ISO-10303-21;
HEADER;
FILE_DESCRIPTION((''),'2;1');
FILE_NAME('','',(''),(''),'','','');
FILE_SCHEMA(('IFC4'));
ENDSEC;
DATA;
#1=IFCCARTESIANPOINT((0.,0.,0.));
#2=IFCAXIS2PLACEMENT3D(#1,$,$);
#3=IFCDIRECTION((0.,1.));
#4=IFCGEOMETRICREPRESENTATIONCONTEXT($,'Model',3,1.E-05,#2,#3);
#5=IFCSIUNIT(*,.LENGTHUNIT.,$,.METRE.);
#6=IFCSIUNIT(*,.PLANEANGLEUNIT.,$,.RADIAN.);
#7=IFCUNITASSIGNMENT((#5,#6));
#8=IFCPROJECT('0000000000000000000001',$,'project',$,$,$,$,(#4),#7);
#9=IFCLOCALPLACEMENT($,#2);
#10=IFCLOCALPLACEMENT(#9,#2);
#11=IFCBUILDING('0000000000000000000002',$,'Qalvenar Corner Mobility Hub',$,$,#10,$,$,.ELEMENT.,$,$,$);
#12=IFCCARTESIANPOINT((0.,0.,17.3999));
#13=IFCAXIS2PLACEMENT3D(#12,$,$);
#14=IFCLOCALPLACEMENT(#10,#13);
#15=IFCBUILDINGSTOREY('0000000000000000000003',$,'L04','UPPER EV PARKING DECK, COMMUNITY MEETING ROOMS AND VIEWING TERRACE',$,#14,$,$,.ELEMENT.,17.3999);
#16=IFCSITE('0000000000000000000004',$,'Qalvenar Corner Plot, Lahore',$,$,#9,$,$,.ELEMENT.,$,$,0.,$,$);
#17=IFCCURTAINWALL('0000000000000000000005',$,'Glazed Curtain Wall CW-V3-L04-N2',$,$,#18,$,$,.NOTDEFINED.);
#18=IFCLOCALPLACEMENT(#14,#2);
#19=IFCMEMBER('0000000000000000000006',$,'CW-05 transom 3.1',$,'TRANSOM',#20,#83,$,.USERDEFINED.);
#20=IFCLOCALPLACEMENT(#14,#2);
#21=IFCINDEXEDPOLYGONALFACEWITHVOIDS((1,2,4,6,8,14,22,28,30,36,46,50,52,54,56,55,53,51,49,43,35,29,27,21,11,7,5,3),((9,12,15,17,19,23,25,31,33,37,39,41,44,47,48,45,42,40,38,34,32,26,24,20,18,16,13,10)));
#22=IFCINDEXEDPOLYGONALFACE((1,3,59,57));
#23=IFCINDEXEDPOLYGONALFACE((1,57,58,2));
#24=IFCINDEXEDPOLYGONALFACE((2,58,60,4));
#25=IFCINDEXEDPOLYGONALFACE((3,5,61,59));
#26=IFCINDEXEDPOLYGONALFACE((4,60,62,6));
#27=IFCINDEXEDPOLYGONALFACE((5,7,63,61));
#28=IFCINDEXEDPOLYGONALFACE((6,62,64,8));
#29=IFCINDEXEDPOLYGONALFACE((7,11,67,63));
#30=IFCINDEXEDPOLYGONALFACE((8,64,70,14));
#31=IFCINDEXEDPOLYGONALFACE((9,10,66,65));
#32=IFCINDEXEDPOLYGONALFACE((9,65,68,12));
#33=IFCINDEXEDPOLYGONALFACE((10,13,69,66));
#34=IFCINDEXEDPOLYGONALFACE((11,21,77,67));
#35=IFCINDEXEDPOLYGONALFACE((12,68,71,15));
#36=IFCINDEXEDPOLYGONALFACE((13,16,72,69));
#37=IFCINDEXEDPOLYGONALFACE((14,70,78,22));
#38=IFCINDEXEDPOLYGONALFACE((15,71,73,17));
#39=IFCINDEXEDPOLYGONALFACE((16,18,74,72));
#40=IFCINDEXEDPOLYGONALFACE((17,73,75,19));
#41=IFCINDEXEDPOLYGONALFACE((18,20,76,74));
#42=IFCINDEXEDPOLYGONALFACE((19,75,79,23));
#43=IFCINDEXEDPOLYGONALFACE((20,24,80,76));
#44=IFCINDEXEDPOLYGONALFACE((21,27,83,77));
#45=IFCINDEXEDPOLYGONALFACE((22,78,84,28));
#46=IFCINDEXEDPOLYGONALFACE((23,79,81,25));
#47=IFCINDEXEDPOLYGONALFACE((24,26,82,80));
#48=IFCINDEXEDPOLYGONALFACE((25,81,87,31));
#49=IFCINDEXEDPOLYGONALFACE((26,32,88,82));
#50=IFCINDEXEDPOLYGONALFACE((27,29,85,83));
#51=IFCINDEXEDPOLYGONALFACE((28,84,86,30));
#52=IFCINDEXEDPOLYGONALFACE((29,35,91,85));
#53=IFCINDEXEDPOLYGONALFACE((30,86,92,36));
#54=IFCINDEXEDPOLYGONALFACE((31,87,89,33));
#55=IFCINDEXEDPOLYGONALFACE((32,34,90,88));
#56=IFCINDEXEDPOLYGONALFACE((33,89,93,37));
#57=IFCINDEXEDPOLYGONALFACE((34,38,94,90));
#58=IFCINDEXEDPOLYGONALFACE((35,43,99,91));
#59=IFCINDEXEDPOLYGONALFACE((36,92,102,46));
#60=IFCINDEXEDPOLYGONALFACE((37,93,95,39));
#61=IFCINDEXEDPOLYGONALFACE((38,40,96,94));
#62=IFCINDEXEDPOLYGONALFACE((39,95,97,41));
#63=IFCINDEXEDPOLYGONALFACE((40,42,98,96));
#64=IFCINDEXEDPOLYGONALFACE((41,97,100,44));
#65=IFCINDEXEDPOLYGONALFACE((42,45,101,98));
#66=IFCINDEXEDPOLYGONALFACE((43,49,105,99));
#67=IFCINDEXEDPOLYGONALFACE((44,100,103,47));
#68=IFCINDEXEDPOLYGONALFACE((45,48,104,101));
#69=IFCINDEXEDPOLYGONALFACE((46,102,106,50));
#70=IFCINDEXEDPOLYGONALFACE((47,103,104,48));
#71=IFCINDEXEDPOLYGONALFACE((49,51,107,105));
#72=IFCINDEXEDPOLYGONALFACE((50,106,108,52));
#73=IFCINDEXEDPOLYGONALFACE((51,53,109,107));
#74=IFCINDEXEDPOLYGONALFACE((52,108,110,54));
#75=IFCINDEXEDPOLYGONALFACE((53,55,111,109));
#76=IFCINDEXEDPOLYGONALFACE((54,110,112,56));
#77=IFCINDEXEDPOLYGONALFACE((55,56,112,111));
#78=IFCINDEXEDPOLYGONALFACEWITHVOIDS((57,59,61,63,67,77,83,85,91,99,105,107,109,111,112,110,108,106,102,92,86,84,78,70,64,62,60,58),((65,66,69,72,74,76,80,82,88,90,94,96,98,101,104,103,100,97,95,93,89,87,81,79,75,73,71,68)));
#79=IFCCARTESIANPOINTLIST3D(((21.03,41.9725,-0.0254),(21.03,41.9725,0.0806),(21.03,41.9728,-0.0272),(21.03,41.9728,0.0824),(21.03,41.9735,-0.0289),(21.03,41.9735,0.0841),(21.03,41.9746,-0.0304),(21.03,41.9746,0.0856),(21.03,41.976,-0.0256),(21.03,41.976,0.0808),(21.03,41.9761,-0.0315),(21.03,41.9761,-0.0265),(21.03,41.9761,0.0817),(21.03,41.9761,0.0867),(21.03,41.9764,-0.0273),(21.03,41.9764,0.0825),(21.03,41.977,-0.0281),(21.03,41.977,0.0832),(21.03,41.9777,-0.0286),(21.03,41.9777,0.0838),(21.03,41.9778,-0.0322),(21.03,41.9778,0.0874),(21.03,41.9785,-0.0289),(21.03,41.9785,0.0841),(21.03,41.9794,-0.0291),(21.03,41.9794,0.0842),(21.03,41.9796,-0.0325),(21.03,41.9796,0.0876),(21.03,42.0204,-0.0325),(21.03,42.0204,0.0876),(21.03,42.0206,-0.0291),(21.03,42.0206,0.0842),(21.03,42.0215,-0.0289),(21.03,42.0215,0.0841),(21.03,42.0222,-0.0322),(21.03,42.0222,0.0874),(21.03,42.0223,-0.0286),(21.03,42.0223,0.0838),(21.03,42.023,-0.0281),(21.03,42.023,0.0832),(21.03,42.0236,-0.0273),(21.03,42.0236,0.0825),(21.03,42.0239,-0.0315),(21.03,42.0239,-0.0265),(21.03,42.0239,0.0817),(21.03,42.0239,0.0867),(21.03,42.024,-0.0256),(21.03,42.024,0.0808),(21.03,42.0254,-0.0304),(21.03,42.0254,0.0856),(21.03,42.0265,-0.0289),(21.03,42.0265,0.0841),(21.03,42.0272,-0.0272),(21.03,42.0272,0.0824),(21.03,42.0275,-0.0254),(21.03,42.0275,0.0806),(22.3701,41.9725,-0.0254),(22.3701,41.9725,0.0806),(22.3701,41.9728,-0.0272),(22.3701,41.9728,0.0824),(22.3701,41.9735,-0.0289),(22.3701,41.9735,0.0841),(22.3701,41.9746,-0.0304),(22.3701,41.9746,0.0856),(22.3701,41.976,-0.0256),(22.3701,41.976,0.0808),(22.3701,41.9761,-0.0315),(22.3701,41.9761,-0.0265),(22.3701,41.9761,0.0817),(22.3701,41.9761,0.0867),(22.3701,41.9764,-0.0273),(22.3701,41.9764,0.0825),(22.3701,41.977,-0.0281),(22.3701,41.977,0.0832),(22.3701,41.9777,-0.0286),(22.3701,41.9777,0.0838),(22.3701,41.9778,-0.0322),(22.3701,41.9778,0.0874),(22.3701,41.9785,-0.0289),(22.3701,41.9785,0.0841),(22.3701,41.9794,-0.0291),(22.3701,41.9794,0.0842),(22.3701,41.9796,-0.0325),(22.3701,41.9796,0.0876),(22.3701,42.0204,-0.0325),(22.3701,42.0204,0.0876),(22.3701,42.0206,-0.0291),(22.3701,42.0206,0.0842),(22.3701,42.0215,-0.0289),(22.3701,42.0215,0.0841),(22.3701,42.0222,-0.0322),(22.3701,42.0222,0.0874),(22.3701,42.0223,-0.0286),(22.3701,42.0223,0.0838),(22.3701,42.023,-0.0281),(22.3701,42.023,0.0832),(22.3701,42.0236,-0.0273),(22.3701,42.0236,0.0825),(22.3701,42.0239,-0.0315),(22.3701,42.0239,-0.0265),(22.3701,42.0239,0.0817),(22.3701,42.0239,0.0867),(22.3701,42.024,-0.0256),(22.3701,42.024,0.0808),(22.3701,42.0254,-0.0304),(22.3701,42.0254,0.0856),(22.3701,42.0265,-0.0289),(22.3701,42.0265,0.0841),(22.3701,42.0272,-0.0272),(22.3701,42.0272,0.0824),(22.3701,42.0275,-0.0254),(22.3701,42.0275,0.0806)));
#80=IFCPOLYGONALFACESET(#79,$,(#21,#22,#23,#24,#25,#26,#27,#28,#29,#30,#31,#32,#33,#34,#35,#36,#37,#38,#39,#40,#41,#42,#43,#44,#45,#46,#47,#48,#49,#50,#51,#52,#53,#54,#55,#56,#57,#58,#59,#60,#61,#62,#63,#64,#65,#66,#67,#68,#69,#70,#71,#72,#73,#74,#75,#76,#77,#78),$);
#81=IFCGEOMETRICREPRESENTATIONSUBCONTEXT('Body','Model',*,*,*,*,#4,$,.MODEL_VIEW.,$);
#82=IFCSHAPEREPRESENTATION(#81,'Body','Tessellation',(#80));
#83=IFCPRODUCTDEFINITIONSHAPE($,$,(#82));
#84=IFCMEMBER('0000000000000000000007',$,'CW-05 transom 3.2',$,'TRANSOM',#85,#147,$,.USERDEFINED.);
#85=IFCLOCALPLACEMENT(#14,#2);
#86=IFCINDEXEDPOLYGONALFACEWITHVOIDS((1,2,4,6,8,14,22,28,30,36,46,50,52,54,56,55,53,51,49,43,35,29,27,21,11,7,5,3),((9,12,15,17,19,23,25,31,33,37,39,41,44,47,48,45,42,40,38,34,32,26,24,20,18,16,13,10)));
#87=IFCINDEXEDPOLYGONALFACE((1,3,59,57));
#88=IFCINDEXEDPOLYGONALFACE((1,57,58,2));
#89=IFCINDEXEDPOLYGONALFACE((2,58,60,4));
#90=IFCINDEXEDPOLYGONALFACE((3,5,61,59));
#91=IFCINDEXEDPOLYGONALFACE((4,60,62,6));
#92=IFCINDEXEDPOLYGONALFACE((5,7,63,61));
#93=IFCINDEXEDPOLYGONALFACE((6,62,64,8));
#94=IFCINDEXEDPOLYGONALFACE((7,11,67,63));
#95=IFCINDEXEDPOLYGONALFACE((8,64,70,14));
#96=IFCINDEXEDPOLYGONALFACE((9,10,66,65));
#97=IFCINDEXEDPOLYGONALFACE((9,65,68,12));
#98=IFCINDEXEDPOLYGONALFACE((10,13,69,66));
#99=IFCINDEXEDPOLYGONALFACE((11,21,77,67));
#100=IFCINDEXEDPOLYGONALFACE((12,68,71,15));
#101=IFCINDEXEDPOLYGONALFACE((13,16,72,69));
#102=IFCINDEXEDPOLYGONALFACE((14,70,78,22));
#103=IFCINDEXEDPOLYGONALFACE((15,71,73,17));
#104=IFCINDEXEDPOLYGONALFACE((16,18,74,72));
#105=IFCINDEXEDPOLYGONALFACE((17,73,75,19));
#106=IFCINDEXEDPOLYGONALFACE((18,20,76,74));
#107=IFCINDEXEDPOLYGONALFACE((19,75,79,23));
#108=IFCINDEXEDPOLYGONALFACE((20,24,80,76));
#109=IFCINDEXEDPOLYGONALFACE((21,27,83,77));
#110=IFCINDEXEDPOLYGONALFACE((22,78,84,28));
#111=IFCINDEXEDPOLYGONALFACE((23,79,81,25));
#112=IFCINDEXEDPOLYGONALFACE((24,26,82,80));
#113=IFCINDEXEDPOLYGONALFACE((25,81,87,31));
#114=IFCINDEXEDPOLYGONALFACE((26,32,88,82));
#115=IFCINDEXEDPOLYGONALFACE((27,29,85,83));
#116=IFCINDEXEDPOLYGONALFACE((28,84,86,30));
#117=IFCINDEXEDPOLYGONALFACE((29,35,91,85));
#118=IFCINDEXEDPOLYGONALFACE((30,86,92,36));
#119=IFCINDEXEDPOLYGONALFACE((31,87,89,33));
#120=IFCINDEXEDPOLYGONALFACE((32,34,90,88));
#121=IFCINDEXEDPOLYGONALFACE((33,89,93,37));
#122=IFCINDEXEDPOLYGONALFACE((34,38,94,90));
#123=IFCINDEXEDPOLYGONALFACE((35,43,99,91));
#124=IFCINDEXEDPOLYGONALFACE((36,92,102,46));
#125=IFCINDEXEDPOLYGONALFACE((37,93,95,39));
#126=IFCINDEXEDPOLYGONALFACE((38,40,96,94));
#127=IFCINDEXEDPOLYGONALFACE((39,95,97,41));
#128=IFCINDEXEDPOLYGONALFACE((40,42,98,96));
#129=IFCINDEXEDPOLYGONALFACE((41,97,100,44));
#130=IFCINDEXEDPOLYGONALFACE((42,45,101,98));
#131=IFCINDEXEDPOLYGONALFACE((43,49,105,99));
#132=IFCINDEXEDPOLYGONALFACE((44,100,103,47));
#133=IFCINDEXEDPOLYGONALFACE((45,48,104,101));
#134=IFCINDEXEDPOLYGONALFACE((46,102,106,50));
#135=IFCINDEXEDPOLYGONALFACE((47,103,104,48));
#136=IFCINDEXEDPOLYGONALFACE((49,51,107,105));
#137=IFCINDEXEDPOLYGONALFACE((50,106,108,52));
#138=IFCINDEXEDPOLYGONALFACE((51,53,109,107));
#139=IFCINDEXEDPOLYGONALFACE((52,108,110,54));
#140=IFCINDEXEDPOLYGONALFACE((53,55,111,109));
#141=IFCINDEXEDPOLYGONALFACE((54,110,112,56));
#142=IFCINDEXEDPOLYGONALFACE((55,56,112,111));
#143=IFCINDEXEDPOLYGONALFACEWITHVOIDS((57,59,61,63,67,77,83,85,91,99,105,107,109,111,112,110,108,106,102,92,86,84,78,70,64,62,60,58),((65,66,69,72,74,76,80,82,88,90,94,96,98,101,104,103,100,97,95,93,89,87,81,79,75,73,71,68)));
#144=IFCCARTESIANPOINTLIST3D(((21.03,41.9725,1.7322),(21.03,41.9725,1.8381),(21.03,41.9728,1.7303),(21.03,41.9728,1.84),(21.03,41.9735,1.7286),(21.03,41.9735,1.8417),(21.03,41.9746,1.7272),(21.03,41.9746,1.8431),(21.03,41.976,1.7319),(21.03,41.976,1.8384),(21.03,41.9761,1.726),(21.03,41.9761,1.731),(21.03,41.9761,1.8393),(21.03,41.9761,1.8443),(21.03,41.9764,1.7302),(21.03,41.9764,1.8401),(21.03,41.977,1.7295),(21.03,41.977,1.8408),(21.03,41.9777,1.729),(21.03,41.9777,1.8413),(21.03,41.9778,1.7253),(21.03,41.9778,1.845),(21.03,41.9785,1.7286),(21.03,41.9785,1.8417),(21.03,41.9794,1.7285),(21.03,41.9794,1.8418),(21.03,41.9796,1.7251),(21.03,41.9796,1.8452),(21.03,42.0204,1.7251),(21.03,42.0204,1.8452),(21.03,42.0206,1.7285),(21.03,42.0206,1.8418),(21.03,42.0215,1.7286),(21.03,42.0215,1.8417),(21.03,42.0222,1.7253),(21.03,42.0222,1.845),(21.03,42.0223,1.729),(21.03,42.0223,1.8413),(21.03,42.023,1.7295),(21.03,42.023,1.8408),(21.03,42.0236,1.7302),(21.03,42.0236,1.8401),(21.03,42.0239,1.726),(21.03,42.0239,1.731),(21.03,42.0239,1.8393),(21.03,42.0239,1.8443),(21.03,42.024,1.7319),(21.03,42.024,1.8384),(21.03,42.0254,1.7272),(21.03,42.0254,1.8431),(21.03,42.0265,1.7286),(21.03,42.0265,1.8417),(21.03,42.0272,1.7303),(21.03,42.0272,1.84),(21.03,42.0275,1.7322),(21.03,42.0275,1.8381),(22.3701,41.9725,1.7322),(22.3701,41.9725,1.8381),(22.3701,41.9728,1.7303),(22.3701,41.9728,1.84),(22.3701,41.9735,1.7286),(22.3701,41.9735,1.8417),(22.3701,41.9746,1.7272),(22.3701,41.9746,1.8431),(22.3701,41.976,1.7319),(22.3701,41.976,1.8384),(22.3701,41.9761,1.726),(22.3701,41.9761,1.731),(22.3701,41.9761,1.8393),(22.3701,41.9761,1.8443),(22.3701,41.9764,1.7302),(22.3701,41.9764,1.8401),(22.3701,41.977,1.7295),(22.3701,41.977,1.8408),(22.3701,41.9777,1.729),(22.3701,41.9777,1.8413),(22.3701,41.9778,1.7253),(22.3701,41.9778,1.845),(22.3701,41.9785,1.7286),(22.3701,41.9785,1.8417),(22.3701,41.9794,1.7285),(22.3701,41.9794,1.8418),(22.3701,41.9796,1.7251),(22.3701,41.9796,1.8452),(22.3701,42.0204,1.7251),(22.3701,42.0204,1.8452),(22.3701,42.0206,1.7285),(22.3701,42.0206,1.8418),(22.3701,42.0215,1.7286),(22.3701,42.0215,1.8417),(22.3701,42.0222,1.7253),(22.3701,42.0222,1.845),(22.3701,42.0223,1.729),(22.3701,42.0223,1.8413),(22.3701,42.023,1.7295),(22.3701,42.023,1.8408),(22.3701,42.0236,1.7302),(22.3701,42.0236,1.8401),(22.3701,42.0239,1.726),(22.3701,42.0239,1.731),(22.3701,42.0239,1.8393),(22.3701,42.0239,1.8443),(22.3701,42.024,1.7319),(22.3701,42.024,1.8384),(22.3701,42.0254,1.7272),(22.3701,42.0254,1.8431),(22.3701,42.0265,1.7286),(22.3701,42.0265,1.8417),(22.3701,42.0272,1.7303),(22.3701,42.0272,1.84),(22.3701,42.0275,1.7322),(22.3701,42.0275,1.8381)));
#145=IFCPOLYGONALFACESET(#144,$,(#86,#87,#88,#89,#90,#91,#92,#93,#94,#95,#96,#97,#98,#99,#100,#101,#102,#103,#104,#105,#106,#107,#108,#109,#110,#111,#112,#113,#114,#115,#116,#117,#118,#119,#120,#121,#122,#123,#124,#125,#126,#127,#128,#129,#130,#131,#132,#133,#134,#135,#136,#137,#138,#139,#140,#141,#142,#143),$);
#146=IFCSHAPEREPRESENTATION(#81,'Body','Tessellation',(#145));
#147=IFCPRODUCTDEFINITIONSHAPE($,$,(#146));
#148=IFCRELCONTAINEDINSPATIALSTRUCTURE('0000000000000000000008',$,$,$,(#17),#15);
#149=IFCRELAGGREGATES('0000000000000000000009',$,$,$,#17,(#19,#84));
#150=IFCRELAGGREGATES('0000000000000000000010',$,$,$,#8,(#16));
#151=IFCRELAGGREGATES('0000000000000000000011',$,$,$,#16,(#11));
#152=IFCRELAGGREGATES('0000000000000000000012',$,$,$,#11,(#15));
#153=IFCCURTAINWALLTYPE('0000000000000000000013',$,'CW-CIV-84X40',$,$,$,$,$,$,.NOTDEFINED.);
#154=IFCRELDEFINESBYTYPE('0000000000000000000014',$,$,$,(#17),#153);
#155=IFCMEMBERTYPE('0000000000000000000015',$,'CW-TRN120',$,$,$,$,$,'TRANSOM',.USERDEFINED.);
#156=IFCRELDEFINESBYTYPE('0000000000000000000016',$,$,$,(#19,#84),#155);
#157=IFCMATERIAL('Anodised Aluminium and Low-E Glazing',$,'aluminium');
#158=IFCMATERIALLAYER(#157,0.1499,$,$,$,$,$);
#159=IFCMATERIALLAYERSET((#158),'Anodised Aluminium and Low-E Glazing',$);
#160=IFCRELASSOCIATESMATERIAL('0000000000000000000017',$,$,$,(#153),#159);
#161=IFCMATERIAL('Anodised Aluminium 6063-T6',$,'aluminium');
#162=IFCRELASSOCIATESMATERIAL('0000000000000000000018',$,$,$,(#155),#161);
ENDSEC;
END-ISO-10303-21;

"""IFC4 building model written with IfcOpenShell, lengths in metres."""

from ifc_helpers import new_model, si_unit, direction, frame, origin, origin_2d, place, context, subcontext, project, spatial, hollow_rectangle, extrude, material, layer, layer_set, material_profile, profile_set, type_object, element, aggregate, save


model = new_model("IFC4")

# Units and contexts
model_context = context("Model", 3, precision=1e-05, world=origin(), true_north=direction((0.0, 1.0)))
body_context = subcontext(model_context, "Body", "Model", "MODEL_VIEW")
ifc_project = project(units=[si_unit("LENGTHUNIT", "METRE"), si_unit("PLANEANGLEUNIT", "RADIAN")], contexts=[model_context])

# Site, building, storey
site_placement = place(None, origin())
site = spatial("IfcSite", under=ifc_project, at=site_placement, Name="Qalvenar Corner Plot, Lahore", CompositionType="ELEMENT", RefElevation=0.0)
building_placement = place(site_placement, origin())
building = spatial("IfcBuilding", under=site, at=building_placement, Name="Qalvenar Corner Mobility Hub", CompositionType="ELEMENT")
storey_placement = place(building_placement, frame((0.0, 0.0, 17.3999)))
storey = spatial("IfcBuildingStorey", under=building, at=storey_placement, Name="L04", Description="UPPER EV PARKING DECK, COMMUNITY MEETING ROOMS AND VIEWING TERRACE", CompositionType="ELEMENT", Elevation=17.3999)

# Curtain wall, members
ifc_material_1 = material(Name="Anodised Aluminium and Low-E Glazing", Category="aluminium")
ifc_layer_1 = layer(ifc_material_1, 0.1499)
ifc_layer_set_1 = layer_set([ifc_layer_1], Name="Anodised Aluminium and Low-E Glazing")
curtain_wall_type = type_object("IfcCurtainWallType", Name="CW-CIV-84X40", PredefinedType="NOTDEFINED", material=ifc_layer_set_1)
curtain_wall_placement = place(storey_placement, origin())
curtain_wall = element("IfcCurtainWall", 1, at=curtain_wall_placement, inside=storey, type_object=curtain_wall_type, Name="Glazed Curtain Wall CW-V3-L04-N2", PredefinedType="NOTDEFINED")
ifc_material_2 = material(Name="Anodised Aluminium 6063-T6", Category="aluminium")
ifc_material_profile_1 = material_profile(ifc_material_2, hollow_rectangle(XDim=0.0549, YDim=0.1201, WallThickness=0.0034, InnerFilletRadius=0.0034, OuterFilletRadius=0.0071, at=origin_2d()), Name="RHS120x55x3.5")
ifc_profile_set_1 = profile_set([ifc_material_profile_1], Name="Anodised Aluminium 6063-T6")
member_type_1 = type_object("IfcMemberType", Name="CW-TRN120", ElementType="TRANSOM", PredefinedType="USERDEFINED", material=ifc_profile_set_1)
member_1_placement = place(storey_placement, frame((22.3701, 42.0, 0.0276), z_axis=(-1.0, 0.0, 0.0), x_axis=(0.0, -1.0, 0.0)))
member_1 = element("IfcMember", 2, at=member_1_placement, type_object=member_type_1, Name="CW-05 transom 3.1", ObjectType="TRANSOM", PredefinedType="USERDEFINED", context=body_context, shape_type="SweptSolid", body=[
    extrude(hollow_rectangle(XDim=0.0549, YDim=0.1201, WallThickness=0.0034, InnerFilletRadius=0.0034, OuterFilletRadius=0.0071, at=origin_2d()), origin(), (0.0, 0.0, 1.0), 1.3401),
])
member_2_placement = place(storey_placement, frame((22.3701, 42.0, 1.7852), z_axis=(-1.0, 0.0, 0.0), x_axis=(0.0, -1.0, 0.0)))
member_2 = element("IfcMember", 3, at=member_2_placement, type_object=member_type_1, Name="CW-05 transom 3.2", ObjectType="TRANSOM", PredefinedType="USERDEFINED", context=body_context, shape_type="SweptSolid", body=[
    extrude(hollow_rectangle(XDim=0.0549, YDim=0.1201, WallThickness=0.0034, InnerFilletRadius=0.0034, OuterFilletRadius=0.0071, at=origin_2d()), origin(), (0.0, 0.0, 1.0), 1.3401),
])
aggregate(curtain_wall, [member_1, member_2])

save(model, "model.ifc")
